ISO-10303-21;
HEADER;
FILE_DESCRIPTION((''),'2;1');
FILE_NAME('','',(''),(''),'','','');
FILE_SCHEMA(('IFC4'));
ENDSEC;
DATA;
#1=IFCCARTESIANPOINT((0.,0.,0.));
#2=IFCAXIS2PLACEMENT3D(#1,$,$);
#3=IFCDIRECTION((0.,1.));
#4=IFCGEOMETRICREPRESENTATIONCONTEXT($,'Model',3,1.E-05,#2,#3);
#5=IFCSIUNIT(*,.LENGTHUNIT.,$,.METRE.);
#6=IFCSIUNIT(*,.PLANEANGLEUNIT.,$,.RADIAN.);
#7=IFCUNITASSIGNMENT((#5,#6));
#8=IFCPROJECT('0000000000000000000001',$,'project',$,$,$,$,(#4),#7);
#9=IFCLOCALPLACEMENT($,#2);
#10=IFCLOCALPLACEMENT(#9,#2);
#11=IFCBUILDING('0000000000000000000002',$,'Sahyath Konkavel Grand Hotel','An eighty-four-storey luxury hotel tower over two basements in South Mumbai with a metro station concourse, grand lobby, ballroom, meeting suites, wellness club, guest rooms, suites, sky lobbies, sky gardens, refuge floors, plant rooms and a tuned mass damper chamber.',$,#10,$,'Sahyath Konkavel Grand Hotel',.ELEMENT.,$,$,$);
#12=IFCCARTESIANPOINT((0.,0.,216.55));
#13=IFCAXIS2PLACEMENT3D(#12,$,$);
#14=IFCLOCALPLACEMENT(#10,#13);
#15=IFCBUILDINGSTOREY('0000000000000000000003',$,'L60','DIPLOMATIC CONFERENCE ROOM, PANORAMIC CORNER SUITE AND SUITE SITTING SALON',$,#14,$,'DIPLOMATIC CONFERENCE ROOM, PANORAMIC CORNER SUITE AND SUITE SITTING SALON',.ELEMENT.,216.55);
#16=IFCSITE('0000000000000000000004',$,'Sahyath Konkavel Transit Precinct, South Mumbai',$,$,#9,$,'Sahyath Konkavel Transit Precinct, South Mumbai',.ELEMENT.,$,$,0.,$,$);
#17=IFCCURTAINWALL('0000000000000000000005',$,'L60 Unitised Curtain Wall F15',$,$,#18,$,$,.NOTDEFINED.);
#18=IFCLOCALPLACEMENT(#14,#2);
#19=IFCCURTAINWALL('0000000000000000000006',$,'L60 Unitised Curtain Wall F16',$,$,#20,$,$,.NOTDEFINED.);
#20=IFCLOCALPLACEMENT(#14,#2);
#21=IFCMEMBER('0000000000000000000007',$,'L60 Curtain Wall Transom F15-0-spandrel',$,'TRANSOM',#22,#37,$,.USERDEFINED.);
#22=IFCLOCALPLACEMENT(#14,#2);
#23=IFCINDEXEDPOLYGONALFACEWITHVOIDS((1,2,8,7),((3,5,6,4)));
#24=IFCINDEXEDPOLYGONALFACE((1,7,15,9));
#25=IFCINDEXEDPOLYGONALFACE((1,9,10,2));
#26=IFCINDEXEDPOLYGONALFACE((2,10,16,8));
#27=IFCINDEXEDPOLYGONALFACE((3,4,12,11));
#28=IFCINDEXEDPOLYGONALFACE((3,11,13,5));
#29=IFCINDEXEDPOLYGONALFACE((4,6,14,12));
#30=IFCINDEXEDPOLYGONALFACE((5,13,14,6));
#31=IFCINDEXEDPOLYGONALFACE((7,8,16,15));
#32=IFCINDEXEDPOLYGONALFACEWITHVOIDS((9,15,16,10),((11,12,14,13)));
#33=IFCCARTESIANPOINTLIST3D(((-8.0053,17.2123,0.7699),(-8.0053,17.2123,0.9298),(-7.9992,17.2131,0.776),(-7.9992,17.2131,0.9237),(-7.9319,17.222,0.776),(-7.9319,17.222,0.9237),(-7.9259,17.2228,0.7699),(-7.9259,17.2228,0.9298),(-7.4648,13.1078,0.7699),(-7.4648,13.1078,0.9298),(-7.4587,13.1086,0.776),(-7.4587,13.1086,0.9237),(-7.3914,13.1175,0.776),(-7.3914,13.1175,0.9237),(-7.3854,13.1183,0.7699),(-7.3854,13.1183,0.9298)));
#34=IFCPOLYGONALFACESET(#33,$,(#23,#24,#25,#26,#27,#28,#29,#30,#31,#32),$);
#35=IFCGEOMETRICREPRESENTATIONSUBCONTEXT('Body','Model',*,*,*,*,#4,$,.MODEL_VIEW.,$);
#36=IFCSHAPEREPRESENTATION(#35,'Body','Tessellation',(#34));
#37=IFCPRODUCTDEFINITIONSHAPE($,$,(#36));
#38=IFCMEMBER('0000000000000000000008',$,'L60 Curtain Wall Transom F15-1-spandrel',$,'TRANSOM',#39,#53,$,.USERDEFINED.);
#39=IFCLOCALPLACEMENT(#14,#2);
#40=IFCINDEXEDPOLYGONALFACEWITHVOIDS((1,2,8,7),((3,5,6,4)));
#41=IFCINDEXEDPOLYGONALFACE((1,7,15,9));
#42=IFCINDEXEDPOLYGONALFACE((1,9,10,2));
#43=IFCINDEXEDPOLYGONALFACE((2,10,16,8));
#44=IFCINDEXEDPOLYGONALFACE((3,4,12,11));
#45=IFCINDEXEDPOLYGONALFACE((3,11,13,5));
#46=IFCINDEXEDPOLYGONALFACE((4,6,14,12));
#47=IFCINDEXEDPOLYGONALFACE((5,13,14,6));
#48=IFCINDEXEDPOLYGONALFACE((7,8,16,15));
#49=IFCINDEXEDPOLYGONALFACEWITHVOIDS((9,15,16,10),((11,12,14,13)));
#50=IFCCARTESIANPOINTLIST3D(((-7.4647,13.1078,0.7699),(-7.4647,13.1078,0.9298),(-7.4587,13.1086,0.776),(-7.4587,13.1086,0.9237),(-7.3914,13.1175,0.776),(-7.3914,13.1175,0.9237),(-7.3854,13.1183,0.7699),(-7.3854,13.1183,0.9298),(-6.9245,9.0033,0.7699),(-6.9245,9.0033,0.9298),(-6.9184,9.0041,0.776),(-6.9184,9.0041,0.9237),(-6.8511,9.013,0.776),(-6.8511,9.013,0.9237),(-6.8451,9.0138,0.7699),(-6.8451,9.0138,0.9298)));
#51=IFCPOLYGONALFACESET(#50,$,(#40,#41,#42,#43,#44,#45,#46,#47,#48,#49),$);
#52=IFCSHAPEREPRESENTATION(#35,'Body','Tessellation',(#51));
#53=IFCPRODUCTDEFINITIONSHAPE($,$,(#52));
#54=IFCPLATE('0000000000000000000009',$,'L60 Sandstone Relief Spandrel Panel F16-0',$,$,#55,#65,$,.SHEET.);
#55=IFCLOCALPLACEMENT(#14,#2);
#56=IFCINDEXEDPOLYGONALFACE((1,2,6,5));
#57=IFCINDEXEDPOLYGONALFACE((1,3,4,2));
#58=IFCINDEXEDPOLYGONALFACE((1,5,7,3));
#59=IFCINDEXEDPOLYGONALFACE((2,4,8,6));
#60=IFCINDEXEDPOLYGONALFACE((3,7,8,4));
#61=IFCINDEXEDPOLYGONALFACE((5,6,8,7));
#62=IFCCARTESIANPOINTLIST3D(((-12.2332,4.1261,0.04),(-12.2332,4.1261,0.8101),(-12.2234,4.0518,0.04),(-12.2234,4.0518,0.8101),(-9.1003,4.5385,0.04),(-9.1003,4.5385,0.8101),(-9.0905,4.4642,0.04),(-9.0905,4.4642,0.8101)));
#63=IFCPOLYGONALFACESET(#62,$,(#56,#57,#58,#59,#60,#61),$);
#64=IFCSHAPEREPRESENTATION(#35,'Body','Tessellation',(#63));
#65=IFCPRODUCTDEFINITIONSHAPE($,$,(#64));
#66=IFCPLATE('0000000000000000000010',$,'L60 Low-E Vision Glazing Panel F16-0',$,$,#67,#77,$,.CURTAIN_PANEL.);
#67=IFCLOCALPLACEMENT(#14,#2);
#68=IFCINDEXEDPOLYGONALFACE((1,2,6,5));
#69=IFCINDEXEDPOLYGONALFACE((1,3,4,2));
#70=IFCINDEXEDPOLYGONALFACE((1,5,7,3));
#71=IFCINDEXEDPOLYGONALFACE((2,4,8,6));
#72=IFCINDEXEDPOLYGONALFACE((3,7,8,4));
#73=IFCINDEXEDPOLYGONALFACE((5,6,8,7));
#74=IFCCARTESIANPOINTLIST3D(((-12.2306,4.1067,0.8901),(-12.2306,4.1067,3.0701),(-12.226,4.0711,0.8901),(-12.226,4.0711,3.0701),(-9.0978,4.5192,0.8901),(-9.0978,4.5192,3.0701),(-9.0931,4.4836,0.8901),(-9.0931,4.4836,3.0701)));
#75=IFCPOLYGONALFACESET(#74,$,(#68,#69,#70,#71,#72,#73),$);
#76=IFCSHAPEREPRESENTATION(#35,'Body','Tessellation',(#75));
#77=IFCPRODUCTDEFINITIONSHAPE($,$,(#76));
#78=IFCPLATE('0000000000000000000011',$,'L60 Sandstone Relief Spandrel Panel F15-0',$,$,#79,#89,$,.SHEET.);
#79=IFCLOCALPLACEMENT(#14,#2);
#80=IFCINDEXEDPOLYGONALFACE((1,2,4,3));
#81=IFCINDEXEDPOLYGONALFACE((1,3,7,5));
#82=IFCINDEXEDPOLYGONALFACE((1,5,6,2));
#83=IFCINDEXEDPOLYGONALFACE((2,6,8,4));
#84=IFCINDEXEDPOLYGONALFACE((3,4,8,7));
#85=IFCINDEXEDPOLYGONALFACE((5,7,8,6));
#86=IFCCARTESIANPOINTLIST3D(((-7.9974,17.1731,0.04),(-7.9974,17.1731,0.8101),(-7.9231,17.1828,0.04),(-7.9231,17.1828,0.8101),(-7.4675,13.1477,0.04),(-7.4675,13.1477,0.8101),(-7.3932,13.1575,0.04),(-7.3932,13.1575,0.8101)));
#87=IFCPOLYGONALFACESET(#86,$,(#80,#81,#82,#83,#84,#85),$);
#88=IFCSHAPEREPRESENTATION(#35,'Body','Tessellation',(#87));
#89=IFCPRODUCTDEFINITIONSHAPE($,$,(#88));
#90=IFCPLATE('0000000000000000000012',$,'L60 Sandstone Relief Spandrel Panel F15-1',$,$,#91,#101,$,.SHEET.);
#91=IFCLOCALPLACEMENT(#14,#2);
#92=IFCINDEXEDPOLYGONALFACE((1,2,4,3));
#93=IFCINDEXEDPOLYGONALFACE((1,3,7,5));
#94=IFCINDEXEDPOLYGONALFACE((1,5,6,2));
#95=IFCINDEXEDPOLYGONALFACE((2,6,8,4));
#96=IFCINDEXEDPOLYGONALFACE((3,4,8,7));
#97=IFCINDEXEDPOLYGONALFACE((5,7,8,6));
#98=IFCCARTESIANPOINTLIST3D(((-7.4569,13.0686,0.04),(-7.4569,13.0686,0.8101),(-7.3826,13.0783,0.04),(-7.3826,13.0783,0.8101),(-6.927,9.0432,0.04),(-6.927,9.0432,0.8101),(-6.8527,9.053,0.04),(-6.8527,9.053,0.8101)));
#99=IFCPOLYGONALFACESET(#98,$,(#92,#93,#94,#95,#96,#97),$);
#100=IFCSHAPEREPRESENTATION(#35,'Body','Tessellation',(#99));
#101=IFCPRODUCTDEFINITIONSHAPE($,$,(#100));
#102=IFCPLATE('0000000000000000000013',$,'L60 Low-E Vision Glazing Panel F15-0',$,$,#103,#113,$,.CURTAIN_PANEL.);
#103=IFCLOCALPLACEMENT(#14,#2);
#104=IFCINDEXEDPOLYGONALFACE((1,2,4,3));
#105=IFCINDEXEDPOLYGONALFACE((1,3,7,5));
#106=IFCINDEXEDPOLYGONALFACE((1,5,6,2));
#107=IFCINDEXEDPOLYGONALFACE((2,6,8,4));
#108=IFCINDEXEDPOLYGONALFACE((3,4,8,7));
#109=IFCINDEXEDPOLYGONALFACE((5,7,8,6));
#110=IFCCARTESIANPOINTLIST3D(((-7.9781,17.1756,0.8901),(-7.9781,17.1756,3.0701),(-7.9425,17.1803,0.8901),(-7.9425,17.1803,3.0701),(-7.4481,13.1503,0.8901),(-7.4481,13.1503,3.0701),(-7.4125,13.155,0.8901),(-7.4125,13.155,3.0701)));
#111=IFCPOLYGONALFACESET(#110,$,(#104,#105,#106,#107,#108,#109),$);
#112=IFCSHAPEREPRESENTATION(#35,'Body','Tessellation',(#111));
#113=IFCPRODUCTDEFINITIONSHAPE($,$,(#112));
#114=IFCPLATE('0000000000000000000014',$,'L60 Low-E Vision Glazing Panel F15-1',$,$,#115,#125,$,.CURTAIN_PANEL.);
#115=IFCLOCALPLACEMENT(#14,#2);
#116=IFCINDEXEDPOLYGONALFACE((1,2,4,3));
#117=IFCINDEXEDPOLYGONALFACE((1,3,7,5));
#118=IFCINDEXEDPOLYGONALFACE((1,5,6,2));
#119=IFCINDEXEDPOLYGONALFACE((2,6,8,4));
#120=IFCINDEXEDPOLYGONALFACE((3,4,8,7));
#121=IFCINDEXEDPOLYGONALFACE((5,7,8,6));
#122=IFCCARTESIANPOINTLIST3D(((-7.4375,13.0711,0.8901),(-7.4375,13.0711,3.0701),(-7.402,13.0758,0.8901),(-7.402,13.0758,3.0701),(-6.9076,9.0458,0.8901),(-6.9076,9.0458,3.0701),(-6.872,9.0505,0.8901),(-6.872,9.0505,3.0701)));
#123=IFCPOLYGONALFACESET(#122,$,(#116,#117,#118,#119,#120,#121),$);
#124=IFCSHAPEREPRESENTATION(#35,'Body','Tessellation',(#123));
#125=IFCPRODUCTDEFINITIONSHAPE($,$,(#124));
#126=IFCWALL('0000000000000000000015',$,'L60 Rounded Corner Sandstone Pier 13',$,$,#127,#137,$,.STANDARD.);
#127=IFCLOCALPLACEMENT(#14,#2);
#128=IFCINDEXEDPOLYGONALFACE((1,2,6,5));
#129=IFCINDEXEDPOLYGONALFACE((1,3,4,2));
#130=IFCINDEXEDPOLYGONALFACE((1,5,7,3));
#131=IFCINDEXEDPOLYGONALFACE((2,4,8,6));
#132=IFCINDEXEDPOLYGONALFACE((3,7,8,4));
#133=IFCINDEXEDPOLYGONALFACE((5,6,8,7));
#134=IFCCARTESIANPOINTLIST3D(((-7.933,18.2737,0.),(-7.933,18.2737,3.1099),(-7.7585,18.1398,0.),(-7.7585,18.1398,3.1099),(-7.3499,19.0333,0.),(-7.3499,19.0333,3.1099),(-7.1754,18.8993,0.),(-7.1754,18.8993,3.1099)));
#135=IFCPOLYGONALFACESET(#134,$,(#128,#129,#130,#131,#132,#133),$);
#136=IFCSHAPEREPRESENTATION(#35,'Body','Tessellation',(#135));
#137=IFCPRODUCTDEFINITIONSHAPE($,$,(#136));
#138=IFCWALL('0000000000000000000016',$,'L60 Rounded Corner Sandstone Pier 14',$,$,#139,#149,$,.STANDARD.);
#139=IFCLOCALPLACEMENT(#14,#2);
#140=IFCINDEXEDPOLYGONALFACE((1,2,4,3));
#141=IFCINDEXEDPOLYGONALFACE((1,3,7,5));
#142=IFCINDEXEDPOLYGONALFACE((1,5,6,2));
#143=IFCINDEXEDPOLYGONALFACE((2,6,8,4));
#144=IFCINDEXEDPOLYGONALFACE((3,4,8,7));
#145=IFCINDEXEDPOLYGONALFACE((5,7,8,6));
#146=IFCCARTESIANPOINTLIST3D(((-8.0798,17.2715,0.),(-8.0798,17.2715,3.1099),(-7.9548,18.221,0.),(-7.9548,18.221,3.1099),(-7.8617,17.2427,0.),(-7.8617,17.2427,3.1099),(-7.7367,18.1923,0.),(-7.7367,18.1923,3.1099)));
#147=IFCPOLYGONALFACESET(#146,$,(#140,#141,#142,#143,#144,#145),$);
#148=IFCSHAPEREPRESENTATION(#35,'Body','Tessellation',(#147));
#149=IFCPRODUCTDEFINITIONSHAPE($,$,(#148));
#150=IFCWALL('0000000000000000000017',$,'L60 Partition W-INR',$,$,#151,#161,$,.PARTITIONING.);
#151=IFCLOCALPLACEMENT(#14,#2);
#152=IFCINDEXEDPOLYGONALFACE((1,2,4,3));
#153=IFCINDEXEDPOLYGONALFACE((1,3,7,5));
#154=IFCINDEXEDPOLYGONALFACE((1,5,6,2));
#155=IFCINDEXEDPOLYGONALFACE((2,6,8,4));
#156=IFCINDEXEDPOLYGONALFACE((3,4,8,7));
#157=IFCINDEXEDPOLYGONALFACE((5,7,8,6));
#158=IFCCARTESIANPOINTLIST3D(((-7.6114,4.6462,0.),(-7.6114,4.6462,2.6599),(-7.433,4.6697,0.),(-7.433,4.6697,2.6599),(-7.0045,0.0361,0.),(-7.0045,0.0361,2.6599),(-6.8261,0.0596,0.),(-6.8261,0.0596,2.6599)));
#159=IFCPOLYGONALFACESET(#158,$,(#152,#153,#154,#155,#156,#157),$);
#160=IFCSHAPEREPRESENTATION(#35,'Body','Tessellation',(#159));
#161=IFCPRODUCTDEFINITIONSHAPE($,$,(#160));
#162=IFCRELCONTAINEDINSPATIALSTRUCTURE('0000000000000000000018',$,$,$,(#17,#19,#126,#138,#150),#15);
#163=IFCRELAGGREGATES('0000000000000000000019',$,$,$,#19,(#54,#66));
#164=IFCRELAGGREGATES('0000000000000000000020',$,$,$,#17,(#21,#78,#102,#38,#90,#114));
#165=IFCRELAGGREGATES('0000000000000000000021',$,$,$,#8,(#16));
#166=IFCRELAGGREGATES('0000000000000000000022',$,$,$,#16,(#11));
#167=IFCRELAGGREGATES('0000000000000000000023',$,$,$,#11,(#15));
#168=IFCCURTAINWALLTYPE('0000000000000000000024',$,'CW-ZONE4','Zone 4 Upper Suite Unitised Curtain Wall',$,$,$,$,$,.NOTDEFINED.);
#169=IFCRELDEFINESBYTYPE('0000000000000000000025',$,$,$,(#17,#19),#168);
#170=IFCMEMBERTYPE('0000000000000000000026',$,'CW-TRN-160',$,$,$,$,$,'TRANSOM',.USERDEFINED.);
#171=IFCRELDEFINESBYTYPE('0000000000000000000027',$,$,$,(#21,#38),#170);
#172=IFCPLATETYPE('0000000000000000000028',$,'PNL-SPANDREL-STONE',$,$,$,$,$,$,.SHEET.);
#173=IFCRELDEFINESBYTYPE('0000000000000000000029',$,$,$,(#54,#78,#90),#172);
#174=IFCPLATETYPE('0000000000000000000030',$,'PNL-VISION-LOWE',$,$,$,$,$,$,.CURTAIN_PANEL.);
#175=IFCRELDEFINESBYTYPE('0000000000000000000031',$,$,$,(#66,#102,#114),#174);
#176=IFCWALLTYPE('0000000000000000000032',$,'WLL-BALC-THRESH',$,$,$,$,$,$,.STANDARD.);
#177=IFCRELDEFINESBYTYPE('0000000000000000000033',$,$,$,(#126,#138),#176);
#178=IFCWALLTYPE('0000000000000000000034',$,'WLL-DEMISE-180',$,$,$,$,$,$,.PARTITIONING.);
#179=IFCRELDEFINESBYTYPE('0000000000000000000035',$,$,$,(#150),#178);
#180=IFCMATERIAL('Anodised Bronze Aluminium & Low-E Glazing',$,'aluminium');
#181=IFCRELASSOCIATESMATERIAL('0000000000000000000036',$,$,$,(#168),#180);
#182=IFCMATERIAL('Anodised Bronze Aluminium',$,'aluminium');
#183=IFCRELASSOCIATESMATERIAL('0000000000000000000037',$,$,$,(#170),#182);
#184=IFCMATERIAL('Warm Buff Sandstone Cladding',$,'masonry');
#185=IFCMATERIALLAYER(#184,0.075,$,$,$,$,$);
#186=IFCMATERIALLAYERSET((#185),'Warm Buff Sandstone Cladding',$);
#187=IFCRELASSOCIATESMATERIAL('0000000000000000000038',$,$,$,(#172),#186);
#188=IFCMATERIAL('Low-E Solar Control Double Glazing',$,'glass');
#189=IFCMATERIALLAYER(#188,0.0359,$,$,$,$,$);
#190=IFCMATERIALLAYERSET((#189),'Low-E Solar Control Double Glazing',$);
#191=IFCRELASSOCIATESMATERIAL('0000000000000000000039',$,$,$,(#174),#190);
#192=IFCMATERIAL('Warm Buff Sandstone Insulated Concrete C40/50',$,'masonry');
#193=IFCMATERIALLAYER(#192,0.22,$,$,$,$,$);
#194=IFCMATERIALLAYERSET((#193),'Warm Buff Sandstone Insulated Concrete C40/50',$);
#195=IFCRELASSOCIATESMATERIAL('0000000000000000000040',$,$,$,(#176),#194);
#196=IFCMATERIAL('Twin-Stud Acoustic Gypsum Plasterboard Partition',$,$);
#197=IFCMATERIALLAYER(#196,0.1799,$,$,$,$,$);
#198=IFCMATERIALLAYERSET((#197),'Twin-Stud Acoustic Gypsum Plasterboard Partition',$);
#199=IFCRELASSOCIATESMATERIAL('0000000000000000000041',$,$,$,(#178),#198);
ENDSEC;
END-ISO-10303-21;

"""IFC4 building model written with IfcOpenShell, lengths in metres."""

from ifc_helpers import new_model, si_unit, direction, frame, frame_2d, origin, origin_2d, place, context, subcontext, project, spatial, rectangle, hollow_rectangle, extrude, source, transform, mapped, material, layer, layer_set, material_profile, profile_set, type_object, element, aggregate, save


model = new_model("IFC4")

# Units and contexts
model_context = context("Model", 3, precision=1e-05, world=origin(), true_north=direction((0.0, 1.0)))
body_context = subcontext(model_context, "Body", "Model", "MODEL_VIEW")
ifc_project = project(units=[si_unit("LENGTHUNIT", "METRE"), si_unit("PLANEANGLEUNIT", "RADIAN")], contexts=[model_context])

# Site, building, storey
site_placement = place(None, origin())
site = spatial("IfcSite", under=ifc_project, at=site_placement, Name="Sahyath Konkavel Transit Precinct, South Mumbai", LongName="Sahyath Konkavel Transit Precinct, South Mumbai", CompositionType="ELEMENT", RefElevation=0.0)
building_placement = place(site_placement, origin())
building = spatial("IfcBuilding", under=site, at=building_placement, Name="Sahyath Konkavel Grand Hotel", Description="An eighty-four-storey luxury hotel tower over two basements in South Mumbai with a metro station concourse, grand lobby, ballroom, meeting suites, wellness club, guest rooms, suites, sky lobbies, sky gardens, refuge floors, plant rooms and a tuned mass damper chamber.", LongName="Sahyath Konkavel Grand Hotel", CompositionType="ELEMENT")
storey_placement = place(building_placement, frame((0.0, 0.0, 216.55)))
storey = spatial("IfcBuildingStorey", under=building, at=storey_placement, Name="L60", Description="DIPLOMATIC CONFERENCE ROOM, PANORAMIC CORNER SUITE AND SUITE SITTING SALON", LongName="DIPLOMATIC CONFERENCE ROOM, PANORAMIC CORNER SUITE AND SUITE SITTING SALON", CompositionType="ELEMENT", Elevation=216.55)

# Shared definitions
ifc_material_1 = material(Name="Anodised Bronze Aluminium & Low-E Glazing", Category="aluminium")
curtain_wall_type = type_object("IfcCurtainWallType", Name="CW-ZONE4", Description="Zone 4 Upper Suite Unitised Curtain Wall", PredefinedType="NOTDEFINED", material=ifc_material_1)
ifc_material_2 = material(Name="Anodised Bronze Aluminium", Category="aluminium")

# Curtain wall
curtain_wall_1_placement = place(storey_placement, origin())
curtain_wall_1 = element("IfcCurtainWall", 1, at=curtain_wall_1_placement, inside=storey, type_object=curtain_wall_type, Name="L60 Unitised Curtain Wall F15", PredefinedType="NOTDEFINED")

# Curtain wall
curtain_wall_2_placement = place(storey_placement, origin())
curtain_wall_2 = element("IfcCurtainWall", 2, at=curtain_wall_2_placement, inside=storey, type_object=curtain_wall_type, Name="L60 Unitised Curtain Wall F16", PredefinedType="NOTDEFINED")

# Members
ifc_material_profile_1 = material_profile(ifc_material_2, hollow_rectangle(XDim=0.0801, YDim=0.1599, WallThickness=0.0061, at=origin_2d()), Name="RHS 160x80x6")
ifc_profile_set_1 = profile_set([ifc_material_profile_1], Name="Anodised Bronze Aluminium")
member_type_1 = type_object("IfcMemberType", Name="CW-TRN-160", ElementType="TRANSOM", PredefinedType="USERDEFINED", material=ifc_profile_set_1)
shared_shape_1 = source(origin(), body_context, "Body", "SweptSolid", [
    extrude(hollow_rectangle(XDim=0.0801, YDim=0.1599, WallThickness=0.0061, at=origin_2d()), origin(), (0.0, 0.0, 1.0), 4.1399),
])
member_1_placement = place(storey_placement, frame((-7.9656, 17.2175, 0.8499), z_axis=(0.130564, -0.99144, 0.0), x_axis=(0.99144, 0.130564, 0.0)))
member_1 = element("IfcMember", 3, at=member_1_placement, type_object=member_type_1, Name="L60 Curtain Wall Transom F15-0-spandrel", ObjectType="TRANSOM", PredefinedType="USERDEFINED", context=body_context, shape_type="MappedRepresentation", body=[
    mapped(shared_shape_1, transform((0.0, 0.0, 0.0), scale=1.0)),
])
member_2_placement = place(storey_placement, frame((-7.425, 13.113, 0.8499), z_axis=(0.130506, -0.991447, 0.0), x_axis=(0.991447, 0.130506, 0.0)))
member_2 = element("IfcMember", 4, at=member_2_placement, type_object=member_type_1, Name="L60 Curtain Wall Transom F15-1-spandrel", ObjectType="TRANSOM", PredefinedType="USERDEFINED", context=body_context, shape_type="MappedRepresentation", body=[
    mapped(shared_shape_1, transform((0.0, 0.0, 0.0), scale=1.0)),
])

# Plates
ifc_material_3 = material(Name="Warm Buff Sandstone Cladding", Category="masonry")
ifc_layer_1 = layer(ifc_material_3, 0.075)
ifc_layer_set_1 = layer_set([ifc_layer_1], Name="Warm Buff Sandstone Cladding")
plate_type_1 = type_object("IfcPlateType", Name="PNL-SPANDREL-STONE", PredefinedType="SHEET", material=ifc_layer_set_1)
shared_shape_2 = source(origin(), body_context, "Body", "SweptSolid", [
    extrude(rectangle(XDim=3.1599, YDim=0.075, at=origin_2d()), origin(), (0.0, 0.0, 1.0), 0.77),
])
plate_1_placement = place(storey_placement, frame((-10.6619, 4.2952, 0.04), z_axis=(0.0, 0.0, 1.0), x_axis=(-0.991445, -0.130526, 0.0)))
plate_1 = element("IfcPlate", 5, at=plate_1_placement, type_object=plate_type_1, Name="L60 Sandstone Relief Spandrel Panel F16-0", PredefinedType="SHEET", context=body_context, shape_type="MappedRepresentation", body=[
    mapped(shared_shape_2, transform((0.0, 0.0, 0.0), scale=1.0)),
])
ifc_material_4 = material(Name="Low-E Solar Control Double Glazing", Category="glass")
ifc_layer_2 = layer(ifc_material_4, 0.0359)
ifc_layer_set_2 = layer_set([ifc_layer_2], Name="Low-E Solar Control Double Glazing")
plate_type_2 = type_object("IfcPlateType", Name="PNL-VISION-LOWE", PredefinedType="CURTAIN_PANEL", material=ifc_layer_set_2)
shared_shape_3 = source(origin(), body_context, "Body", "SweptSolid", [
    extrude(rectangle(XDim=3.1599, YDim=0.0359, at=origin_2d()), origin(), (0.0, 0.0, 1.0), 2.1799),
])
plate_2_placement = place(storey_placement, frame((-10.6619, 4.2952, 0.8901), z_axis=(0.0, 0.0, 1.0), x_axis=(-0.991445, -0.130526, 0.0)))
plate_2 = element("IfcPlate", 6, at=plate_2_placement, type_object=plate_type_2, Name="L60 Low-E Vision Glazing Panel F16-0", PredefinedType="CURTAIN_PANEL", context=body_context, shape_type="MappedRepresentation", body=[
    mapped(shared_shape_3, transform((0.0, 0.0, 0.0), scale=1.0)),
])
aggregate(curtain_wall_2, [plate_1, plate_2])
shared_shape_4 = source(origin(), body_context, "Body", "SweptSolid", [
    extrude(rectangle(XDim=4.0601, YDim=0.075, at=origin_2d()), origin(), (0.0, 0.0, 1.0), 0.77),
])
plate_3_placement = place(storey_placement, frame((-7.6953, 15.1653, 0.04), z_axis=(0.0, 0.0, 1.0), x_axis=(0.130526, -0.991445, 0.0)))
plate_3 = element("IfcPlate", 7, at=plate_3_placement, type_object=plate_type_1, Name="L60 Sandstone Relief Spandrel Panel F15-0", PredefinedType="SHEET", context=body_context, shape_type="MappedRepresentation", body=[
    mapped(shared_shape_4, transform((0.0, 0.0, 0.0), scale=1.0)),
])
plate_4_placement = place(storey_placement, frame((-7.1548, 11.0608, 0.04), z_axis=(0.0, 0.0, 1.0), x_axis=(0.130526, -0.991445, 0.0)))
plate_4 = element("IfcPlate", 8, at=plate_4_placement, type_object=plate_type_1, Name="L60 Sandstone Relief Spandrel Panel F15-1", PredefinedType="SHEET", context=body_context, shape_type="MappedRepresentation", body=[
    mapped(shared_shape_4, transform((0.0, 0.0, 0.0), scale=1.0)),
])
shared_shape_5 = source(origin(), body_context, "Body", "SweptSolid", [
    extrude(rectangle(XDim=4.0601, YDim=0.0359, at=origin_2d()), origin(), (0.0, 0.0, 1.0), 2.1799),
])
plate_5_placement = place(storey_placement, frame((-7.6953, 15.1653, 0.8901), z_axis=(0.0, 0.0, 1.0), x_axis=(0.130526, -0.991445, 0.0)))
plate_5 = element("IfcPlate", 9, at=plate_5_placement, type_object=plate_type_2, Name="L60 Low-E Vision Glazing Panel F15-0", PredefinedType="CURTAIN_PANEL", context=body_context, shape_type="MappedRepresentation", body=[
    mapped(shared_shape_5, transform((0.0, 0.0, 0.0), scale=1.0)),
])
plate_6_placement = place(storey_placement, frame((-7.1548, 11.0608, 0.8901), z_axis=(0.0, 0.0, 1.0), x_axis=(0.130526, -0.991445, 0.0)))
plate_6 = element("IfcPlate", 10, at=plate_6_placement, type_object=plate_type_2, Name="L60 Low-E Vision Glazing Panel F15-1", PredefinedType="CURTAIN_PANEL", context=body_context, shape_type="MappedRepresentation", body=[
    mapped(shared_shape_5, transform((0.0, 0.0, 0.0), scale=1.0)),
])
aggregate(curtain_wall_1, [member_1, plate_3, plate_5, member_2, plate_4, plate_6])

# Walls
ifc_material_5 = material(Name="Warm Buff Sandstone Insulated Concrete C40/50", Category="masonry")
ifc_layer_3 = layer(ifc_material_5, 0.22)
ifc_layer_set_3 = layer_set([ifc_layer_3], Name="Warm Buff Sandstone Insulated Concrete C40/50")
wall_type_1 = type_object("IfcWallType", Name="WLL-BALC-THRESH", PredefinedType="STANDARD", material=ifc_layer_set_3)
wall_1_placement = place(storey_placement, frame((-7.2627, 18.9663, 0.0), z_axis=(0.0, 0.0, 1.0), x_axis=(-0.608897, -0.793249, 0.0)))
element("IfcWall", 11, at=wall_1_placement, inside=storey, type_object=wall_type_1, Name="L60 Rounded Corner Sandstone Pier 13", PredefinedType="STANDARD", context=body_context, shape_type="SweptSolid", body=[
    extrude(rectangle(XDim=0.9575, YDim=0.22, at=frame_2d((0.4788, 0.0))), origin(), (0.0, 0.0, 1.0), 3.1099),
])
wall_2_placement = place(storey_placement, frame((-7.8457, 18.2068, 0.0), z_axis=(0.0, 0.0, 1.0), x_axis=(-0.130527, -0.991445, 0.0)))
element("IfcWall", 12, at=wall_2_placement, inside=storey, type_object=wall_type_1, Name="L60 Rounded Corner Sandstone Pier 14", PredefinedType="STANDARD", context=body_context, shape_type="SweptSolid", body=[
    extrude(rectangle(XDim=0.9578, YDim=0.22, at=frame_2d((0.479, 0.0))), origin(), (0.0, 0.0, 1.0), 3.1099),
])
ifc_material_6 = material(Name="Twin-Stud Acoustic Gypsum Plasterboard Partition")
ifc_layer_4 = layer(ifc_material_6, 0.1799)
ifc_layer_set_4 = layer_set([ifc_layer_4], Name="Twin-Stud Acoustic Gypsum Plasterboard Partition")
wall_type_2 = type_object("IfcWallType", Name="WLL-DEMISE-180", PredefinedType="PARTITIONING", material=ifc_layer_set_4)
wall_3_placement = place(storey_placement, frame((-7.5222, 4.658, 0.0), z_axis=(0.0, 0.0, 1.0), x_axis=(0.130526, -0.991445, 0.0)))
element("IfcWall", 13, at=wall_3_placement, inside=storey, type_object=wall_type_2, Name="L60 Partition W-INR", PredefinedType="PARTITIONING", context=body_context, shape_type="SweptSolid", body=[
    extrude(rectangle(XDim=4.6499, YDim=0.1799, at=frame_2d((2.325, 0.0))), origin(), (0.0, 0.0, 1.0), 2.6599),
])

save(model, "model.ifc")
